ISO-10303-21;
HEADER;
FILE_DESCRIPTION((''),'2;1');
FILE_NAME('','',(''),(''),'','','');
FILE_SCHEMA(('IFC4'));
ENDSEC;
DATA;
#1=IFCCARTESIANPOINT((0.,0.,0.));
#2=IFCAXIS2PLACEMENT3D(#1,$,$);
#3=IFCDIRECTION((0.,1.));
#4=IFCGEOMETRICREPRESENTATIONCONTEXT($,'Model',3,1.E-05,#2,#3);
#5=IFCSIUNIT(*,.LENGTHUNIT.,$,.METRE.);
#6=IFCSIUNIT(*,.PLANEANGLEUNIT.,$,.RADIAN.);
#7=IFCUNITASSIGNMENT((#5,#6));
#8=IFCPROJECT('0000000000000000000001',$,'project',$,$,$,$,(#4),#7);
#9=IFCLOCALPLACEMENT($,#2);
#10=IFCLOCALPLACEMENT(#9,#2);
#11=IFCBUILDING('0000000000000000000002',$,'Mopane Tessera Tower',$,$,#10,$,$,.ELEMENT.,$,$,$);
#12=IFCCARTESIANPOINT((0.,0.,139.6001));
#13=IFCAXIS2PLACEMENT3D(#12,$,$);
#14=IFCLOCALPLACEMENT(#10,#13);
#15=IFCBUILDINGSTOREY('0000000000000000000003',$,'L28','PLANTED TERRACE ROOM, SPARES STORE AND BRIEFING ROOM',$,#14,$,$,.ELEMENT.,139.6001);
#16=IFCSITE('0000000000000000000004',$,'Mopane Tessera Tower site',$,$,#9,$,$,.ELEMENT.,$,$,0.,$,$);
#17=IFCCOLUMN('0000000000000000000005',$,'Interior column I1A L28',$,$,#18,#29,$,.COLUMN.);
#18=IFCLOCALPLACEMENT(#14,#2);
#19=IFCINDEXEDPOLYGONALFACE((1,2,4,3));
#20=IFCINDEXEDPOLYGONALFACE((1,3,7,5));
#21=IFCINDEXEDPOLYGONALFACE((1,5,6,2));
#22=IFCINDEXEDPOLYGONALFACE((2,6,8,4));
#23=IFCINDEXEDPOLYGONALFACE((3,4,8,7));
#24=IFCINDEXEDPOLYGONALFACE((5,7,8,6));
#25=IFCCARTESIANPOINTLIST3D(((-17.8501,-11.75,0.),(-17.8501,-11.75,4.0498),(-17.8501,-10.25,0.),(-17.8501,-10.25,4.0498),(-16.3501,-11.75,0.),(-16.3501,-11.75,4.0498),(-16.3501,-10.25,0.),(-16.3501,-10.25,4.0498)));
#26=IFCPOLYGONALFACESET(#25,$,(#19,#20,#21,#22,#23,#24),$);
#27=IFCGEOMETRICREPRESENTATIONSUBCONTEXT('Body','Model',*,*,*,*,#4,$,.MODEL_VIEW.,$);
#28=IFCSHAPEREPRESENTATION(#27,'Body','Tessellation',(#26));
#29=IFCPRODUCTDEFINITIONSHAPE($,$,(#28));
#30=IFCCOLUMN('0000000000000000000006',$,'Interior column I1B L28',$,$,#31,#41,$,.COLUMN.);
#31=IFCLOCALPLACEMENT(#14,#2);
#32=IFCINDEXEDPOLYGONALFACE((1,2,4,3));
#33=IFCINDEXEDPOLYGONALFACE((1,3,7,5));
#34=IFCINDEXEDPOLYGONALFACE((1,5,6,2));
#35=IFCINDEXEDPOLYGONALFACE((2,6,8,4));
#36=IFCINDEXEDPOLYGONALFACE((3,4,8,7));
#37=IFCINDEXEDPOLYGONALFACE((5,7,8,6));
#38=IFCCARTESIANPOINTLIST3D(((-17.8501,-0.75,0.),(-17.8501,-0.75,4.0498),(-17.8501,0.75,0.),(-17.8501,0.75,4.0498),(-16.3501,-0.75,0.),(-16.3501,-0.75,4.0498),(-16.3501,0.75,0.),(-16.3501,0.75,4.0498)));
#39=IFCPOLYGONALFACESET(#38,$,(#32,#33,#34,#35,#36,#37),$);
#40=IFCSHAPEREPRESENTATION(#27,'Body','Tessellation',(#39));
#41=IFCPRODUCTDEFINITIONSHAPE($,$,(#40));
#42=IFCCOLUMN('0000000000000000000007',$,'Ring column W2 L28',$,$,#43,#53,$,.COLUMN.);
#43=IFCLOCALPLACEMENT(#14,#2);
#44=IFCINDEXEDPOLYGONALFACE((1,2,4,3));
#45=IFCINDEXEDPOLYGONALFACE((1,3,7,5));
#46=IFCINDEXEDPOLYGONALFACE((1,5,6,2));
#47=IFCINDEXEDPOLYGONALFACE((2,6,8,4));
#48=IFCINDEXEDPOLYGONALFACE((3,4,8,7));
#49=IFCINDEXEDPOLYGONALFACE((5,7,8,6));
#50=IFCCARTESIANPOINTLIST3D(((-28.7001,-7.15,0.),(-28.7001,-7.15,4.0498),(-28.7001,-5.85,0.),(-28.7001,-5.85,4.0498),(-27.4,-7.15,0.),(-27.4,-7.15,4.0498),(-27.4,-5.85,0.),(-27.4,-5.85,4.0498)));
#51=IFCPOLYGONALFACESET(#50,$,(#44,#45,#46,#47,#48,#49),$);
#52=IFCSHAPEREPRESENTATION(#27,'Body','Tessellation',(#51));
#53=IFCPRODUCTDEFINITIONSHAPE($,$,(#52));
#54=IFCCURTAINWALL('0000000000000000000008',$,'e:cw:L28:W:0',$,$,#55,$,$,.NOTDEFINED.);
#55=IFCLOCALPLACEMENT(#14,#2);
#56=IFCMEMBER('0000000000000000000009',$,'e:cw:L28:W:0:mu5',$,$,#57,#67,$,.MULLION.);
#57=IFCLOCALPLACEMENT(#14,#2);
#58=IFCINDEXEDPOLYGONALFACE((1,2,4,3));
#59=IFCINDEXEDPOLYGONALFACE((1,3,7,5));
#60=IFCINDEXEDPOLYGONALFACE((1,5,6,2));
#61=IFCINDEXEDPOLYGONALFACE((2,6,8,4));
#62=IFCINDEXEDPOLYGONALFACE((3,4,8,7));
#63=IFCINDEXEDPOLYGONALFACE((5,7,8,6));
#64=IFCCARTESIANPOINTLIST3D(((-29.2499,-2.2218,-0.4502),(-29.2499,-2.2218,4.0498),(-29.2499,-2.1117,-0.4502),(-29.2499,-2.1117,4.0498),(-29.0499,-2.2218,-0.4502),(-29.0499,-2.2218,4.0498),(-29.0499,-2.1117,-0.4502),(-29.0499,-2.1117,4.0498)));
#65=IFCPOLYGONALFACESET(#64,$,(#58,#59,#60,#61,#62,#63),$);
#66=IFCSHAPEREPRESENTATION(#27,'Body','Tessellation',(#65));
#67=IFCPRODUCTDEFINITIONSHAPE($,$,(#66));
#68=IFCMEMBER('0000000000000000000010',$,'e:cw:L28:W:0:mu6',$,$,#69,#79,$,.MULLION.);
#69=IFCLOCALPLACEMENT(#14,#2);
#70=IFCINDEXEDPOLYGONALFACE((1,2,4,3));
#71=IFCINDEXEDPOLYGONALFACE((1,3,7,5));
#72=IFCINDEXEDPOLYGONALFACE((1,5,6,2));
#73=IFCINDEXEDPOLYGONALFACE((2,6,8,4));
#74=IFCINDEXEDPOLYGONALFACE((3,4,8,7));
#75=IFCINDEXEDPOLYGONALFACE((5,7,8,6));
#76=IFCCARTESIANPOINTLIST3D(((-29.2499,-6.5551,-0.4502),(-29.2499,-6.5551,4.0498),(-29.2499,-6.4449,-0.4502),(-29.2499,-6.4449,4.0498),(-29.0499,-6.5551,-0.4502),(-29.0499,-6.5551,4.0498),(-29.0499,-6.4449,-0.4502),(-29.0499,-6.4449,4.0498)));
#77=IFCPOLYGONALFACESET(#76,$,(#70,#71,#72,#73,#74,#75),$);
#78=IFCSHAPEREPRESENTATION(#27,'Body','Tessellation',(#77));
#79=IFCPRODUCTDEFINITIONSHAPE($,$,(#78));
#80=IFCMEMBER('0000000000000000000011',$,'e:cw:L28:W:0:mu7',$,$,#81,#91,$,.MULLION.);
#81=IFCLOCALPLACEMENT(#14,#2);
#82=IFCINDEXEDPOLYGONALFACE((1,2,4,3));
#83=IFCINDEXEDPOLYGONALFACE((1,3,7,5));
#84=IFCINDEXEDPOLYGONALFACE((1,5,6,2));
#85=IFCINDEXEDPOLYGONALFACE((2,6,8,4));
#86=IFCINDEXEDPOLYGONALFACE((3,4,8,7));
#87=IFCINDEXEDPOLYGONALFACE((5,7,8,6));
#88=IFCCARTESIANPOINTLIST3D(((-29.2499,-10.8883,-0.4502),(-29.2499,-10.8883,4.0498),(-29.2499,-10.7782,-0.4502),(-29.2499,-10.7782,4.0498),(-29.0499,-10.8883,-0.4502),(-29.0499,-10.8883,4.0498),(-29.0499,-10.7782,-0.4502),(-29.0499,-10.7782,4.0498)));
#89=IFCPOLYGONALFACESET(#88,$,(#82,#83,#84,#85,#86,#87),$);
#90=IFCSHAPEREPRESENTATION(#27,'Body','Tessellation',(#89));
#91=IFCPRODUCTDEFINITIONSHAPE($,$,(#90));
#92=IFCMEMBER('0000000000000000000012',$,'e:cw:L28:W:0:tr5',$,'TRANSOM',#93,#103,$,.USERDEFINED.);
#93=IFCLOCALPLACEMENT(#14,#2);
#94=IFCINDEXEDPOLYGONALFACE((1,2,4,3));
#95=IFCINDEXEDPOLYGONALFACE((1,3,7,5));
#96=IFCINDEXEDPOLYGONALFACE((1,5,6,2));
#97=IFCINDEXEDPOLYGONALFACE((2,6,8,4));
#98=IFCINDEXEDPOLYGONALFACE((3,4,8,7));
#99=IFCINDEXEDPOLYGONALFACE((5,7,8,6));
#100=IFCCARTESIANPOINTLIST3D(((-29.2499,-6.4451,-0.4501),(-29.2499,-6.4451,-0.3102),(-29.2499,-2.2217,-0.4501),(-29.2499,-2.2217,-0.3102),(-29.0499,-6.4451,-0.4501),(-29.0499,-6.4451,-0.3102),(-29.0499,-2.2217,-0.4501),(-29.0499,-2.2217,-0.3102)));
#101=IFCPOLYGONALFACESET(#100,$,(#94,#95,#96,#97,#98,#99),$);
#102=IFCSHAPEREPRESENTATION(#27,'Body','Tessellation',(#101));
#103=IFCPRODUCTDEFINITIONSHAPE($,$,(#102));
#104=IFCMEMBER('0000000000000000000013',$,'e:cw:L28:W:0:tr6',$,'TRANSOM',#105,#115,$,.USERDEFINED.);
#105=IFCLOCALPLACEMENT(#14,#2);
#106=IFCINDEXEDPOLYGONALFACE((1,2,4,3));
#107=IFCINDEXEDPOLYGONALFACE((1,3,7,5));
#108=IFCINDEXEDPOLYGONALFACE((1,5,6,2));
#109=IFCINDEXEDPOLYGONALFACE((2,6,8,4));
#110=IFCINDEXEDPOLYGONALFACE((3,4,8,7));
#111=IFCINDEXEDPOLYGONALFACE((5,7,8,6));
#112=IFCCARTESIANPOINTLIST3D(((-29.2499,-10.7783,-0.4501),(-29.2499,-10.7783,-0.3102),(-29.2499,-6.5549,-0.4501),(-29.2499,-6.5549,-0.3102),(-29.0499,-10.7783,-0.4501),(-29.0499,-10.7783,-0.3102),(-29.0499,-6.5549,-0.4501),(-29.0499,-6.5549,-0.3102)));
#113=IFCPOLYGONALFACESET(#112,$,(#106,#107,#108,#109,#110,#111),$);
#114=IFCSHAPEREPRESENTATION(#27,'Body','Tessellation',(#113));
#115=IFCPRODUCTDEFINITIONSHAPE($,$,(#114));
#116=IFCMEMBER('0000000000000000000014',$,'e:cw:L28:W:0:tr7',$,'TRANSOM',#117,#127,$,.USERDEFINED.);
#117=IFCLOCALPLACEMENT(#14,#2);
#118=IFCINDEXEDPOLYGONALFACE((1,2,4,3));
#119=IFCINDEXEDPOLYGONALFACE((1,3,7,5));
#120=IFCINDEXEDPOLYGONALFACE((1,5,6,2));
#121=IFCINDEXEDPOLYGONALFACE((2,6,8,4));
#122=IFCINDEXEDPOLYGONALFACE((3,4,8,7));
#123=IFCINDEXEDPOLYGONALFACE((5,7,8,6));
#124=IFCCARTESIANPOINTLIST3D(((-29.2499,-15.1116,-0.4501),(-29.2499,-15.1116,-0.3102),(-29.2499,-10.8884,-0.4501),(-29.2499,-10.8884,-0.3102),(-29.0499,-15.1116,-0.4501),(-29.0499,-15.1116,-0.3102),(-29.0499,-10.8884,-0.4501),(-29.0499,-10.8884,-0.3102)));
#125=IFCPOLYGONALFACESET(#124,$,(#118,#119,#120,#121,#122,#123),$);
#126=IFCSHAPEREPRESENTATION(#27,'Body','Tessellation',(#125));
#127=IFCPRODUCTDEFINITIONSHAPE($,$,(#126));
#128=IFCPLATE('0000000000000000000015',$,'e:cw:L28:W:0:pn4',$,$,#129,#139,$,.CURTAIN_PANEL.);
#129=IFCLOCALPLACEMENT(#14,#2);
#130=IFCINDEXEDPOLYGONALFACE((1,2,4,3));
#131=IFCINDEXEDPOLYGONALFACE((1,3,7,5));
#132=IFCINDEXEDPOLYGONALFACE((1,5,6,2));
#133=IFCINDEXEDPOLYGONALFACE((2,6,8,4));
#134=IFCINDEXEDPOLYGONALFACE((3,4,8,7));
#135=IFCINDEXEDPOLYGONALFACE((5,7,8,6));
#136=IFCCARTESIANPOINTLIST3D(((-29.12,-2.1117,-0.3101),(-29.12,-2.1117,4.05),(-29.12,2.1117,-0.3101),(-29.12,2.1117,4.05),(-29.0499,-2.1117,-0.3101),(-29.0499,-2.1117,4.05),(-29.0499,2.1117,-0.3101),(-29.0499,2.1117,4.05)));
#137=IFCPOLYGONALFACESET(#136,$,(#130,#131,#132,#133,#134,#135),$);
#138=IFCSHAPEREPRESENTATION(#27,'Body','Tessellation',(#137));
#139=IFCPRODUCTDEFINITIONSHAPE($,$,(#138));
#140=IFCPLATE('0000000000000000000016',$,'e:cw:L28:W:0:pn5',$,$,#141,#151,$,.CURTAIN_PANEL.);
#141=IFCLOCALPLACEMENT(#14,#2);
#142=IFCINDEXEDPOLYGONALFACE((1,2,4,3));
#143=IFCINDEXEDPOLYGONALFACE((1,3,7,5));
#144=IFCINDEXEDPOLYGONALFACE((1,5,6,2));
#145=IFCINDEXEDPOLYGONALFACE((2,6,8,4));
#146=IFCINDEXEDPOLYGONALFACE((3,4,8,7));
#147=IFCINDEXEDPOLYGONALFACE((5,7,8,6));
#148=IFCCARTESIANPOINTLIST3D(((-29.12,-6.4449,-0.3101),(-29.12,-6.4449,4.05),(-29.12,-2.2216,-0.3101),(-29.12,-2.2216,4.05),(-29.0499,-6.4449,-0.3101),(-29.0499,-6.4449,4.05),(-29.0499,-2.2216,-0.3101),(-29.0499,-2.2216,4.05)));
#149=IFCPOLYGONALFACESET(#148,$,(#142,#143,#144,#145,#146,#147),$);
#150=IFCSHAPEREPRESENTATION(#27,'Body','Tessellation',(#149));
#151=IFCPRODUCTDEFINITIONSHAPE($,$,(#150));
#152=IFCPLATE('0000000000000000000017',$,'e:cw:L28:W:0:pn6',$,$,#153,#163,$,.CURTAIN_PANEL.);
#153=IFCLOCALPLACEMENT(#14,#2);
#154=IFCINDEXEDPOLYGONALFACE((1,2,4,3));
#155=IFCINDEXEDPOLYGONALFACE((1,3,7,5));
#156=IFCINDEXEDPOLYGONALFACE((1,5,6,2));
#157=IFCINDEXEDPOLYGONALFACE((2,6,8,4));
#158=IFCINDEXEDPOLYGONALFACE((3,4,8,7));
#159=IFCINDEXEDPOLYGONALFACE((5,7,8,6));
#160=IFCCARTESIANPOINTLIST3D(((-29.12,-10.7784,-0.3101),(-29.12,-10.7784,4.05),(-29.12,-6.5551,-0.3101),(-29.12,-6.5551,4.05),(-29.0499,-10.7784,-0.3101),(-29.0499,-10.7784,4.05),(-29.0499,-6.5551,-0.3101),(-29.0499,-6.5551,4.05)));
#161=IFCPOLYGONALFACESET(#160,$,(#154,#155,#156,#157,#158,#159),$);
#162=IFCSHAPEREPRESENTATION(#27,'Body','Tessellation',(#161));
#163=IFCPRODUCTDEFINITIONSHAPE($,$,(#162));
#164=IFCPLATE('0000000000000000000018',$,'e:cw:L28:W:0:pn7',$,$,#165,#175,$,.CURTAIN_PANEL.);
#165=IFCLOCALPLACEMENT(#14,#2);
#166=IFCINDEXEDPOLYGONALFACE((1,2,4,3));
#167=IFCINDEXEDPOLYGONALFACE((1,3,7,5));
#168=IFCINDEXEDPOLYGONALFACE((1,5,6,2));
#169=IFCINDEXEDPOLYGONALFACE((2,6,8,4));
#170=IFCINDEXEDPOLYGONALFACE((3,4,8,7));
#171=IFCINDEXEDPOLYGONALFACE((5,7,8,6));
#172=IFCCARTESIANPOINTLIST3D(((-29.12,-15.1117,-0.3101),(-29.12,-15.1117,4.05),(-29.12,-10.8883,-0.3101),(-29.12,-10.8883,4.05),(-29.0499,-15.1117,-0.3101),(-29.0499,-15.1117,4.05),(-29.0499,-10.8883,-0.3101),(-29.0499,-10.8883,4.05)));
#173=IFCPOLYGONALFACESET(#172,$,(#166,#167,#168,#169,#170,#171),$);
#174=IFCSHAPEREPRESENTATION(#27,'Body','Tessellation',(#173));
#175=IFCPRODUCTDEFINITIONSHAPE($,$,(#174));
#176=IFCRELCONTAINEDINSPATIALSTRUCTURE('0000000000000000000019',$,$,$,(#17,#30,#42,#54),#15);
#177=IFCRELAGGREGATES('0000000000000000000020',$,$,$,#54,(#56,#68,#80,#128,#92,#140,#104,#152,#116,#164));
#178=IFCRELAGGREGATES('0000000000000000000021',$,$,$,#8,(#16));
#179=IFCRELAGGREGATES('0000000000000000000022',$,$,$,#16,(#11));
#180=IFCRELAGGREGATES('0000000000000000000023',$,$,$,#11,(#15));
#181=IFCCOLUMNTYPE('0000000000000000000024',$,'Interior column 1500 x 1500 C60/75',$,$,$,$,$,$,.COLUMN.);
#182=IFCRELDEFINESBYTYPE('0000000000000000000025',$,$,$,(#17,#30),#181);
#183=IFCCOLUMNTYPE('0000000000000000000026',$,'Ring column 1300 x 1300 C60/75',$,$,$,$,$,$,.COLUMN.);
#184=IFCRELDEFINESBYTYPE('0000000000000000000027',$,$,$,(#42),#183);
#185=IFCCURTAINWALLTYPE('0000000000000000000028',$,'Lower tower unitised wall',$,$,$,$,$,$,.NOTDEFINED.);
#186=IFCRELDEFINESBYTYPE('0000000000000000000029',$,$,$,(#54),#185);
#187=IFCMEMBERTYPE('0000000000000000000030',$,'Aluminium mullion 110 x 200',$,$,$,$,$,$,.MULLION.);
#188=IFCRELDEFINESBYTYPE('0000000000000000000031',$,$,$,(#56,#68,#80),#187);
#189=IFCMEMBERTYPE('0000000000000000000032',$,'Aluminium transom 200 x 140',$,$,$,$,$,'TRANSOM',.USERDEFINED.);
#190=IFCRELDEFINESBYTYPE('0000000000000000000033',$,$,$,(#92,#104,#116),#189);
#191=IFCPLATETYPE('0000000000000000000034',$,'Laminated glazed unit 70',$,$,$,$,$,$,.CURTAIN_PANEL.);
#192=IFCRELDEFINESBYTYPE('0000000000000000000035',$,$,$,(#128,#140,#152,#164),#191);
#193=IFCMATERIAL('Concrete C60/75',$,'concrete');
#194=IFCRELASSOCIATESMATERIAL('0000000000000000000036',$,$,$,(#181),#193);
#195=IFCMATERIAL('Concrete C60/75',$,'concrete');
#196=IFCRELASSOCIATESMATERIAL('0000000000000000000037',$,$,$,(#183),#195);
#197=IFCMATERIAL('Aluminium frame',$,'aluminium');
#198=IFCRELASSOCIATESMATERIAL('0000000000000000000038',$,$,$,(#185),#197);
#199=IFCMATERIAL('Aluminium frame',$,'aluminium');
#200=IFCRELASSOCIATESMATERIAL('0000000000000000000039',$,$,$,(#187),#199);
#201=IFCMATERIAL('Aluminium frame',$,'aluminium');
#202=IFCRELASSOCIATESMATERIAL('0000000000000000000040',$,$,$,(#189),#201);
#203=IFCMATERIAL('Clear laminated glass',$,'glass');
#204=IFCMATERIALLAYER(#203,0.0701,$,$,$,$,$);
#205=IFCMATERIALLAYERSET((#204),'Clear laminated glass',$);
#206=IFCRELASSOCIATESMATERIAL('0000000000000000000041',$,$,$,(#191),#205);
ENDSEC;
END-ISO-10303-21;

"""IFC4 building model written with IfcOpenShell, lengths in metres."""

from ifc_helpers import new_model, si_unit, direction, frame, origin, origin_2d, place, context, subcontext, project, spatial, rectangle, extrude, material, layer, layer_set, material_profile, profile_set, type_object, element, aggregate, save


model = new_model("IFC4")

# Units and contexts
model_context = context("Model", 3, precision=1e-05, world=origin(), true_north=direction((0.0, 1.0)))
body_context = subcontext(model_context, "Body", "Model", "MODEL_VIEW")
ifc_project = project(units=[si_unit("LENGTHUNIT", "METRE"), si_unit("PLANEANGLEUNIT", "RADIAN")], contexts=[model_context])

# Site, building, storey
site_placement = place(None, origin())
site = spatial("IfcSite", under=ifc_project, at=site_placement, Name="Mopane Tessera Tower site", CompositionType="ELEMENT", RefElevation=0.0)
building_placement = place(site_placement, origin())
building = spatial("IfcBuilding", under=site, at=building_placement, Name="Mopane Tessera Tower", CompositionType="ELEMENT")
storey_placement = place(building_placement, frame((0.0, 0.0, 139.6001)))
storey = spatial("IfcBuildingStorey", under=building, at=storey_placement, Name="L28", Description="PLANTED TERRACE ROOM, SPARES STORE AND BRIEFING ROOM", CompositionType="ELEMENT", Elevation=139.6001)

# Columns
ifc_material_1 = material(Name="Concrete C60/75", Category="concrete")
ifc_material_profile_1 = material_profile(ifc_material_1, rectangle(XDim=1.5, YDim=1.5, at=origin_2d()))
ifc_profile_set_1 = profile_set([ifc_material_profile_1], Name="Concrete C60/75")
column_type_1 = type_object("IfcColumnType", Name="Interior column 1500 x 1500 C60/75", PredefinedType="COLUMN", material=ifc_profile_set_1)
for number, where, z_axis, x_axis, name in (
    (1, (-17.1001, -11.0, 0.0), (0.0, 0.0, 1.0), (1.0, 0.0, 0.0), "Interior column I1A L28"),
    (2, (-17.1001, 0.0, 0.0), (0.0, 0.0, 1.0), (1.0, 0.0, 0.0), "Interior column I1B L28"),
):
    element("IfcColumn", number, at=place(storey_placement, frame(where, z_axis=z_axis, x_axis=x_axis)), inside=storey, type_object=column_type_1, Name=name, PredefinedType="COLUMN", context=body_context, shape_type="SweptSolid", body=[
        extrude(rectangle(XDim=1.5, YDim=1.5, at=origin_2d()), origin(), (0.0, 0.0, 1.0), 4.0498),
    ])
ifc_material_2 = material(Name="Concrete C60/75", Category="concrete")
ifc_material_profile_2 = material_profile(ifc_material_2, rectangle(XDim=1.3, YDim=1.3, at=origin_2d()))
ifc_profile_set_2 = profile_set([ifc_material_profile_2], Name="Concrete C60/75")
column_type_2 = type_object("IfcColumnType", Name="Ring column 1300 x 1300 C60/75", PredefinedType="COLUMN", material=ifc_profile_set_2)
column_placement = place(storey_placement, frame((-28.05, -6.5, 0.0), z_axis=(0.0, 0.0, 1.0), x_axis=(1.0, 0.0, 0.0)))
element("IfcColumn", 3, at=column_placement, inside=storey, type_object=column_type_2, Name="Ring column W2 L28", PredefinedType="COLUMN", context=body_context, shape_type="SweptSolid", body=[
    extrude(rectangle(XDim=1.3, YDim=1.3, at=origin_2d()), origin(), (0.0, 0.0, 1.0), 4.0498),
])

# Curtain wall, members, plates
ifc_material_3 = material(Name="Aluminium frame", Category="aluminium")
curtain_wall_type = type_object("IfcCurtainWallType", Name="Lower tower unitised wall", PredefinedType="NOTDEFINED", material=ifc_material_3)
curtain_wall_placement = place(storey_placement, origin())
curtain_wall = element("IfcCurtainWall", 4, at=curtain_wall_placement, inside=storey, type_object=curtain_wall_type, Name="e:cw:L28:W:0", PredefinedType="NOTDEFINED")
ifc_material_4 = material(Name="Aluminium frame", Category="aluminium")
ifc_material_profile_3 = material_profile(ifc_material_4, rectangle(XDim=0.1101, YDim=0.2, at=origin_2d()))
ifc_profile_set_3 = profile_set([ifc_material_profile_3], Name="Aluminium frame")
member_type_1 = type_object("IfcMemberType", Name="Aluminium mullion 110 x 200", PredefinedType="MULLION", material=ifc_profile_set_3)
member_1_placement = place(storey_placement, frame((-29.1499, -2.1667, -0.4502), z_axis=(0.0, 0.0, 1.0), x_axis=(0.0, -1.0, 0.0)))
member_1 = element("IfcMember", 5, at=member_1_placement, type_object=member_type_1, Name="e:cw:L28:W:0:mu5", PredefinedType="MULLION", context=body_context, shape_type="SweptSolid", body=[
    extrude(rectangle(XDim=0.1101, YDim=0.2, at=origin_2d()), origin(), (0.0, 0.0, 1.0), 4.5),
])
member_2_placement = place(storey_placement, frame((-29.1499, -6.5, -0.4502), z_axis=(0.0, 0.0, 1.0), x_axis=(0.0, -1.0, 0.0)))
member_2 = element("IfcMember", 6, at=member_2_placement, type_object=member_type_1, Name="e:cw:L28:W:0:mu6", PredefinedType="MULLION", context=body_context, shape_type="SweptSolid", body=[
    extrude(rectangle(XDim=0.1101, YDim=0.2, at=origin_2d()), origin(), (0.0, 0.0, 1.0), 4.5),
])
member_3_placement = place(storey_placement, frame((-29.1499, -10.8333, -0.4502), z_axis=(0.0, 0.0, 1.0), x_axis=(0.0, -1.0, 0.0)))
member_3 = element("IfcMember", 7, at=member_3_placement, type_object=member_type_1, Name="e:cw:L28:W:0:mu7", PredefinedType="MULLION", context=body_context, shape_type="SweptSolid", body=[
    extrude(rectangle(XDim=0.1101, YDim=0.2, at=origin_2d()), origin(), (0.0, 0.0, 1.0), 4.5),
])
ifc_material_5 = material(Name="Aluminium frame", Category="aluminium")
ifc_material_profile_4 = material_profile(ifc_material_5, rectangle(XDim=0.2, YDim=0.1399, at=origin_2d()))
ifc_profile_set_4 = profile_set([ifc_material_profile_4], Name="Aluminium frame")
member_type_2 = type_object("IfcMemberType", Name="Aluminium transom 200 x 140", ElementType="TRANSOM", PredefinedType="USERDEFINED", material=ifc_profile_set_4)
member_4_placement = place(storey_placement, frame((-29.1499, -2.2217, -0.3801), z_axis=(0.0, -1.0, 0.0), x_axis=(1.0, 0.0, 0.0)))
member_4 = element("IfcMember", 8, at=member_4_placement, type_object=member_type_2, Name="e:cw:L28:W:0:tr5", ObjectType="TRANSOM", PredefinedType="USERDEFINED", context=body_context, shape_type="SweptSolid", body=[
    extrude(rectangle(XDim=0.2, YDim=0.1399, at=origin_2d()), origin(), (0.0, 0.0, 1.0), 4.2234),
])
member_5_placement = place(storey_placement, frame((-29.1499, -6.5549, -0.3801), z_axis=(0.0, -1.0, 0.0), x_axis=(1.0, 0.0, 0.0)))
member_5 = element("IfcMember", 9, at=member_5_placement, type_object=member_type_2, Name="e:cw:L28:W:0:tr6", ObjectType="TRANSOM", PredefinedType="USERDEFINED", context=body_context, shape_type="SweptSolid", body=[
    extrude(rectangle(XDim=0.2, YDim=0.1399, at=origin_2d()), origin(), (0.0, 0.0, 1.0), 4.2234),
])
member_6_placement = place(storey_placement, frame((-29.1499, -10.8884, -0.3801), z_axis=(0.0, -1.0, 0.0), x_axis=(1.0, 0.0, 0.0)))
member_6 = element("IfcMember", 10, at=member_6_placement, type_object=member_type_2, Name="e:cw:L28:W:0:tr7", ObjectType="TRANSOM", PredefinedType="USERDEFINED", context=body_context, shape_type="SweptSolid", body=[
    extrude(rectangle(XDim=0.2, YDim=0.1399, at=origin_2d()), origin(), (0.0, 0.0, 1.0), 4.2231),
])
ifc_material_6 = material(Name="Clear laminated glass", Category="glass")
ifc_layer_1 = layer(ifc_material_6, 0.0701)
ifc_layer_set_1 = layer_set([ifc_layer_1], Name="Clear laminated glass")
plate_type = type_object("IfcPlateType", Name="Laminated glazed unit 70", PredefinedType="CURTAIN_PANEL", material=ifc_layer_set_1)
plate_1_placement = place(storey_placement, frame((-29.085, 0.0, -0.3101), z_axis=(0.0, 0.0, 1.0), x_axis=(0.0, -1.0, 0.0)))
plate_1 = element("IfcPlate", 11, at=plate_1_placement, type_object=plate_type, Name="e:cw:L28:W:0:pn4", PredefinedType="CURTAIN_PANEL", context=body_context, shape_type="SweptSolid", body=[
    extrude(rectangle(XDim=4.2234, YDim=0.0701, at=origin_2d()), origin(), (0.0, 0.0, 1.0), 4.3601),
])
plate_2_placement = place(storey_placement, frame((-29.085, -4.3333, -0.3101), z_axis=(0.0, 0.0, 1.0), x_axis=(0.0, -1.0, 0.0)))
plate_2 = element("IfcPlate", 12, at=plate_2_placement, type_object=plate_type, Name="e:cw:L28:W:0:pn5", PredefinedType="CURTAIN_PANEL", context=body_context, shape_type="SweptSolid", body=[
    extrude(rectangle(XDim=4.2234, YDim=0.0701, at=origin_2d()), origin(), (0.0, 0.0, 1.0), 4.3601),
])
plate_3_placement = place(storey_placement, frame((-29.085, -8.6667, -0.3101), z_axis=(0.0, 0.0, 1.0), x_axis=(0.0, -1.0, 0.0)))
plate_3 = element("IfcPlate", 13, at=plate_3_placement, type_object=plate_type, Name="e:cw:L28:W:0:pn6", PredefinedType="CURTAIN_PANEL", context=body_context, shape_type="SweptSolid", body=[
    extrude(rectangle(XDim=4.2234, YDim=0.0701, at=origin_2d()), origin(), (0.0, 0.0, 1.0), 4.3601),
])
plate_4_placement = place(storey_placement, frame((-29.085, -13.0, -0.3101), z_axis=(0.0, 0.0, 1.0), x_axis=(0.0, -1.0, 0.0)))
plate_4 = element("IfcPlate", 14, at=plate_4_placement, type_object=plate_type, Name="e:cw:L28:W:0:pn7", PredefinedType="CURTAIN_PANEL", context=body_context, shape_type="SweptSolid", body=[
    extrude(rectangle(XDim=4.2234, YDim=0.0701, at=origin_2d()), origin(), (0.0, 0.0, 1.0), 4.3601),
])
aggregate(curtain_wall, [member_1, member_2, member_3, plate_1, member_4, plate_2, member_5, plate_3, member_6, plate_4])

save(model, "model.ifc")
